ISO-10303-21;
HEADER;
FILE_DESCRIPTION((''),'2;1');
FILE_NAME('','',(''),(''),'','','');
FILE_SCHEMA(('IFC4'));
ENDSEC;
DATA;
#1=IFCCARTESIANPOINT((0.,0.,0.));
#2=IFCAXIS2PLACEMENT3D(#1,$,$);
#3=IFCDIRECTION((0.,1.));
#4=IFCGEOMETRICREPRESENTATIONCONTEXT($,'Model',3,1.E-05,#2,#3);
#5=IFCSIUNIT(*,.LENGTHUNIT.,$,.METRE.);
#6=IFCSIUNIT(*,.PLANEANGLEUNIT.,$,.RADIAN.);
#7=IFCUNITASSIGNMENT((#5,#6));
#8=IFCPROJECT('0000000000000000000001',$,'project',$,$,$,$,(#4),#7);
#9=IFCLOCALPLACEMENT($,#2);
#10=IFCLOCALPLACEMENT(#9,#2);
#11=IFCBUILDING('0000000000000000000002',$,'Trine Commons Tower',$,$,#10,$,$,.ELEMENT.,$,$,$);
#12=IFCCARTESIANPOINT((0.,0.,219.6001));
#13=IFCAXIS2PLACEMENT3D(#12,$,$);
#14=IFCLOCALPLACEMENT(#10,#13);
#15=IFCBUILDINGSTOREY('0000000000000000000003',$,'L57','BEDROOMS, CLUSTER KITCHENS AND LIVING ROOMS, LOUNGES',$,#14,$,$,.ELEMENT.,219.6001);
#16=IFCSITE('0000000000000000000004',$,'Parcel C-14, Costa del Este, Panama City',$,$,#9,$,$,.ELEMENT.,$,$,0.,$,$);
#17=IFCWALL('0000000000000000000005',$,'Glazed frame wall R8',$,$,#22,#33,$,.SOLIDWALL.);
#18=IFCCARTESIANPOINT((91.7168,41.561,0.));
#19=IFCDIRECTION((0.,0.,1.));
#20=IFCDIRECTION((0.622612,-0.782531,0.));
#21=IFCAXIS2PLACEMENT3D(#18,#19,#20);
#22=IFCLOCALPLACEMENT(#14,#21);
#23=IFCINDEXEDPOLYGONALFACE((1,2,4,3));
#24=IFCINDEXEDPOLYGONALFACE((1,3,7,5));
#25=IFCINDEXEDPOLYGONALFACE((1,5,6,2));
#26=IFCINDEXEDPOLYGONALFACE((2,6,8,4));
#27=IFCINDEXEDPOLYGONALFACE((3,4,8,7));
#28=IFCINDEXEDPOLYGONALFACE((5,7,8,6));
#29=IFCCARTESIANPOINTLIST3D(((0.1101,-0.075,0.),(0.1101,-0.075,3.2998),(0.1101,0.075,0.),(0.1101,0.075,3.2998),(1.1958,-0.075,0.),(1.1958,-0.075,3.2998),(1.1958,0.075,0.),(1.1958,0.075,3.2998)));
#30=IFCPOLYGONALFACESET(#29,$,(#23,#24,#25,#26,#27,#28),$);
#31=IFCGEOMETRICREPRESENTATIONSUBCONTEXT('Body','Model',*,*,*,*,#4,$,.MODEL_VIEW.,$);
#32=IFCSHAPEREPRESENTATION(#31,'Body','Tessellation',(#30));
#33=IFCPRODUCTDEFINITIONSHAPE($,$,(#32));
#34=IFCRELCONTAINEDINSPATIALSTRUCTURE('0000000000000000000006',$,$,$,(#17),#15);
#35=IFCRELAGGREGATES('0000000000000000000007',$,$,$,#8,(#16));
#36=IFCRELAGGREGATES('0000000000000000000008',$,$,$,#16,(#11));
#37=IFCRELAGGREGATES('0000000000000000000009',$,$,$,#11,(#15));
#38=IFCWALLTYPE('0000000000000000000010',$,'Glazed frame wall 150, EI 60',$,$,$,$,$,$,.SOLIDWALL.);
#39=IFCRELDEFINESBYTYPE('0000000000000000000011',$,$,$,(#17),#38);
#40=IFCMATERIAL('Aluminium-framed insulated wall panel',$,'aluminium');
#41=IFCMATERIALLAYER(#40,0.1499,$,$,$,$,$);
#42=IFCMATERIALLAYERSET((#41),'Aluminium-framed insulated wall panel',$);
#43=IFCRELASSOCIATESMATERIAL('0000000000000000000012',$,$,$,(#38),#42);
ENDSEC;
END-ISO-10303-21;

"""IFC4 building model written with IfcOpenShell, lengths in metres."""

from ifc_helpers import new_model, si_unit, direction, frame, origin, place, context, subcontext, project, spatial, polyline, outline, extrude, material, layer, layer_set, type_object, element, save


model = new_model("IFC4")

# Units and contexts
model_context = context("Model", 3, precision=1e-05, world=origin(), true_north=direction((0.0, 1.0)))
body_context = subcontext(model_context, "Body", "Model", "MODEL_VIEW")
ifc_project = project(units=[si_unit("LENGTHUNIT", "METRE"), si_unit("PLANEANGLEUNIT", "RADIAN")], contexts=[model_context])

# Site, building, storey
site_placement = place(None, origin())
site = spatial("IfcSite", under=ifc_project, at=site_placement, Name="Parcel C-14, Costa del Este, Panama City", CompositionType="ELEMENT", RefElevation=0.0)
building_placement = place(site_placement, origin())
building = spatial("IfcBuilding", under=site, at=building_placement, Name="Trine Commons Tower", CompositionType="ELEMENT")
storey_placement = place(building_placement, frame((0.0, 0.0, 219.6001)))
storey = spatial("IfcBuildingStorey", under=building, at=storey_placement, Name="L57", Description="BEDROOMS, CLUSTER KITCHENS AND LIVING ROOMS, LOUNGES", CompositionType="ELEMENT", Elevation=219.6001)

# Wall
ifc_material_1 = material(Name="Aluminium-framed insulated wall panel", Category="aluminium")
ifc_layer_1 = layer(ifc_material_1, 0.1499)
ifc_layer_set_1 = layer_set([ifc_layer_1], Name="Aluminium-framed insulated wall panel")
wall_type_1 = type_object("IfcWallType", Name="Glazed frame wall 150, EI 60", PredefinedType="SOLIDWALL", material=ifc_layer_set_1)
wall_1_placement = place(storey_placement, frame((91.7168, 41.561, 0.0), z_axis=(0.0, 0.0, 1.0), x_axis=(0.622612, -0.782531, 0.0)))
element("IfcWall", 1, at=wall_1_placement, inside=storey, type_object=wall_type_1, Name="Glazed frame wall R8", PredefinedType="SOLIDWALL", context=body_context, shape_type="SweptSolid", body=[
    extrude(outline(polyline([(0.1101, 0.075), (0.1101, -0.075), (1.1958, -0.075), (1.1958, 0.075), (0.1101, 0.075)])), origin(), (0.0, 0.0, 1.0), 3.2998),
])

save(model, "model.ifc")
